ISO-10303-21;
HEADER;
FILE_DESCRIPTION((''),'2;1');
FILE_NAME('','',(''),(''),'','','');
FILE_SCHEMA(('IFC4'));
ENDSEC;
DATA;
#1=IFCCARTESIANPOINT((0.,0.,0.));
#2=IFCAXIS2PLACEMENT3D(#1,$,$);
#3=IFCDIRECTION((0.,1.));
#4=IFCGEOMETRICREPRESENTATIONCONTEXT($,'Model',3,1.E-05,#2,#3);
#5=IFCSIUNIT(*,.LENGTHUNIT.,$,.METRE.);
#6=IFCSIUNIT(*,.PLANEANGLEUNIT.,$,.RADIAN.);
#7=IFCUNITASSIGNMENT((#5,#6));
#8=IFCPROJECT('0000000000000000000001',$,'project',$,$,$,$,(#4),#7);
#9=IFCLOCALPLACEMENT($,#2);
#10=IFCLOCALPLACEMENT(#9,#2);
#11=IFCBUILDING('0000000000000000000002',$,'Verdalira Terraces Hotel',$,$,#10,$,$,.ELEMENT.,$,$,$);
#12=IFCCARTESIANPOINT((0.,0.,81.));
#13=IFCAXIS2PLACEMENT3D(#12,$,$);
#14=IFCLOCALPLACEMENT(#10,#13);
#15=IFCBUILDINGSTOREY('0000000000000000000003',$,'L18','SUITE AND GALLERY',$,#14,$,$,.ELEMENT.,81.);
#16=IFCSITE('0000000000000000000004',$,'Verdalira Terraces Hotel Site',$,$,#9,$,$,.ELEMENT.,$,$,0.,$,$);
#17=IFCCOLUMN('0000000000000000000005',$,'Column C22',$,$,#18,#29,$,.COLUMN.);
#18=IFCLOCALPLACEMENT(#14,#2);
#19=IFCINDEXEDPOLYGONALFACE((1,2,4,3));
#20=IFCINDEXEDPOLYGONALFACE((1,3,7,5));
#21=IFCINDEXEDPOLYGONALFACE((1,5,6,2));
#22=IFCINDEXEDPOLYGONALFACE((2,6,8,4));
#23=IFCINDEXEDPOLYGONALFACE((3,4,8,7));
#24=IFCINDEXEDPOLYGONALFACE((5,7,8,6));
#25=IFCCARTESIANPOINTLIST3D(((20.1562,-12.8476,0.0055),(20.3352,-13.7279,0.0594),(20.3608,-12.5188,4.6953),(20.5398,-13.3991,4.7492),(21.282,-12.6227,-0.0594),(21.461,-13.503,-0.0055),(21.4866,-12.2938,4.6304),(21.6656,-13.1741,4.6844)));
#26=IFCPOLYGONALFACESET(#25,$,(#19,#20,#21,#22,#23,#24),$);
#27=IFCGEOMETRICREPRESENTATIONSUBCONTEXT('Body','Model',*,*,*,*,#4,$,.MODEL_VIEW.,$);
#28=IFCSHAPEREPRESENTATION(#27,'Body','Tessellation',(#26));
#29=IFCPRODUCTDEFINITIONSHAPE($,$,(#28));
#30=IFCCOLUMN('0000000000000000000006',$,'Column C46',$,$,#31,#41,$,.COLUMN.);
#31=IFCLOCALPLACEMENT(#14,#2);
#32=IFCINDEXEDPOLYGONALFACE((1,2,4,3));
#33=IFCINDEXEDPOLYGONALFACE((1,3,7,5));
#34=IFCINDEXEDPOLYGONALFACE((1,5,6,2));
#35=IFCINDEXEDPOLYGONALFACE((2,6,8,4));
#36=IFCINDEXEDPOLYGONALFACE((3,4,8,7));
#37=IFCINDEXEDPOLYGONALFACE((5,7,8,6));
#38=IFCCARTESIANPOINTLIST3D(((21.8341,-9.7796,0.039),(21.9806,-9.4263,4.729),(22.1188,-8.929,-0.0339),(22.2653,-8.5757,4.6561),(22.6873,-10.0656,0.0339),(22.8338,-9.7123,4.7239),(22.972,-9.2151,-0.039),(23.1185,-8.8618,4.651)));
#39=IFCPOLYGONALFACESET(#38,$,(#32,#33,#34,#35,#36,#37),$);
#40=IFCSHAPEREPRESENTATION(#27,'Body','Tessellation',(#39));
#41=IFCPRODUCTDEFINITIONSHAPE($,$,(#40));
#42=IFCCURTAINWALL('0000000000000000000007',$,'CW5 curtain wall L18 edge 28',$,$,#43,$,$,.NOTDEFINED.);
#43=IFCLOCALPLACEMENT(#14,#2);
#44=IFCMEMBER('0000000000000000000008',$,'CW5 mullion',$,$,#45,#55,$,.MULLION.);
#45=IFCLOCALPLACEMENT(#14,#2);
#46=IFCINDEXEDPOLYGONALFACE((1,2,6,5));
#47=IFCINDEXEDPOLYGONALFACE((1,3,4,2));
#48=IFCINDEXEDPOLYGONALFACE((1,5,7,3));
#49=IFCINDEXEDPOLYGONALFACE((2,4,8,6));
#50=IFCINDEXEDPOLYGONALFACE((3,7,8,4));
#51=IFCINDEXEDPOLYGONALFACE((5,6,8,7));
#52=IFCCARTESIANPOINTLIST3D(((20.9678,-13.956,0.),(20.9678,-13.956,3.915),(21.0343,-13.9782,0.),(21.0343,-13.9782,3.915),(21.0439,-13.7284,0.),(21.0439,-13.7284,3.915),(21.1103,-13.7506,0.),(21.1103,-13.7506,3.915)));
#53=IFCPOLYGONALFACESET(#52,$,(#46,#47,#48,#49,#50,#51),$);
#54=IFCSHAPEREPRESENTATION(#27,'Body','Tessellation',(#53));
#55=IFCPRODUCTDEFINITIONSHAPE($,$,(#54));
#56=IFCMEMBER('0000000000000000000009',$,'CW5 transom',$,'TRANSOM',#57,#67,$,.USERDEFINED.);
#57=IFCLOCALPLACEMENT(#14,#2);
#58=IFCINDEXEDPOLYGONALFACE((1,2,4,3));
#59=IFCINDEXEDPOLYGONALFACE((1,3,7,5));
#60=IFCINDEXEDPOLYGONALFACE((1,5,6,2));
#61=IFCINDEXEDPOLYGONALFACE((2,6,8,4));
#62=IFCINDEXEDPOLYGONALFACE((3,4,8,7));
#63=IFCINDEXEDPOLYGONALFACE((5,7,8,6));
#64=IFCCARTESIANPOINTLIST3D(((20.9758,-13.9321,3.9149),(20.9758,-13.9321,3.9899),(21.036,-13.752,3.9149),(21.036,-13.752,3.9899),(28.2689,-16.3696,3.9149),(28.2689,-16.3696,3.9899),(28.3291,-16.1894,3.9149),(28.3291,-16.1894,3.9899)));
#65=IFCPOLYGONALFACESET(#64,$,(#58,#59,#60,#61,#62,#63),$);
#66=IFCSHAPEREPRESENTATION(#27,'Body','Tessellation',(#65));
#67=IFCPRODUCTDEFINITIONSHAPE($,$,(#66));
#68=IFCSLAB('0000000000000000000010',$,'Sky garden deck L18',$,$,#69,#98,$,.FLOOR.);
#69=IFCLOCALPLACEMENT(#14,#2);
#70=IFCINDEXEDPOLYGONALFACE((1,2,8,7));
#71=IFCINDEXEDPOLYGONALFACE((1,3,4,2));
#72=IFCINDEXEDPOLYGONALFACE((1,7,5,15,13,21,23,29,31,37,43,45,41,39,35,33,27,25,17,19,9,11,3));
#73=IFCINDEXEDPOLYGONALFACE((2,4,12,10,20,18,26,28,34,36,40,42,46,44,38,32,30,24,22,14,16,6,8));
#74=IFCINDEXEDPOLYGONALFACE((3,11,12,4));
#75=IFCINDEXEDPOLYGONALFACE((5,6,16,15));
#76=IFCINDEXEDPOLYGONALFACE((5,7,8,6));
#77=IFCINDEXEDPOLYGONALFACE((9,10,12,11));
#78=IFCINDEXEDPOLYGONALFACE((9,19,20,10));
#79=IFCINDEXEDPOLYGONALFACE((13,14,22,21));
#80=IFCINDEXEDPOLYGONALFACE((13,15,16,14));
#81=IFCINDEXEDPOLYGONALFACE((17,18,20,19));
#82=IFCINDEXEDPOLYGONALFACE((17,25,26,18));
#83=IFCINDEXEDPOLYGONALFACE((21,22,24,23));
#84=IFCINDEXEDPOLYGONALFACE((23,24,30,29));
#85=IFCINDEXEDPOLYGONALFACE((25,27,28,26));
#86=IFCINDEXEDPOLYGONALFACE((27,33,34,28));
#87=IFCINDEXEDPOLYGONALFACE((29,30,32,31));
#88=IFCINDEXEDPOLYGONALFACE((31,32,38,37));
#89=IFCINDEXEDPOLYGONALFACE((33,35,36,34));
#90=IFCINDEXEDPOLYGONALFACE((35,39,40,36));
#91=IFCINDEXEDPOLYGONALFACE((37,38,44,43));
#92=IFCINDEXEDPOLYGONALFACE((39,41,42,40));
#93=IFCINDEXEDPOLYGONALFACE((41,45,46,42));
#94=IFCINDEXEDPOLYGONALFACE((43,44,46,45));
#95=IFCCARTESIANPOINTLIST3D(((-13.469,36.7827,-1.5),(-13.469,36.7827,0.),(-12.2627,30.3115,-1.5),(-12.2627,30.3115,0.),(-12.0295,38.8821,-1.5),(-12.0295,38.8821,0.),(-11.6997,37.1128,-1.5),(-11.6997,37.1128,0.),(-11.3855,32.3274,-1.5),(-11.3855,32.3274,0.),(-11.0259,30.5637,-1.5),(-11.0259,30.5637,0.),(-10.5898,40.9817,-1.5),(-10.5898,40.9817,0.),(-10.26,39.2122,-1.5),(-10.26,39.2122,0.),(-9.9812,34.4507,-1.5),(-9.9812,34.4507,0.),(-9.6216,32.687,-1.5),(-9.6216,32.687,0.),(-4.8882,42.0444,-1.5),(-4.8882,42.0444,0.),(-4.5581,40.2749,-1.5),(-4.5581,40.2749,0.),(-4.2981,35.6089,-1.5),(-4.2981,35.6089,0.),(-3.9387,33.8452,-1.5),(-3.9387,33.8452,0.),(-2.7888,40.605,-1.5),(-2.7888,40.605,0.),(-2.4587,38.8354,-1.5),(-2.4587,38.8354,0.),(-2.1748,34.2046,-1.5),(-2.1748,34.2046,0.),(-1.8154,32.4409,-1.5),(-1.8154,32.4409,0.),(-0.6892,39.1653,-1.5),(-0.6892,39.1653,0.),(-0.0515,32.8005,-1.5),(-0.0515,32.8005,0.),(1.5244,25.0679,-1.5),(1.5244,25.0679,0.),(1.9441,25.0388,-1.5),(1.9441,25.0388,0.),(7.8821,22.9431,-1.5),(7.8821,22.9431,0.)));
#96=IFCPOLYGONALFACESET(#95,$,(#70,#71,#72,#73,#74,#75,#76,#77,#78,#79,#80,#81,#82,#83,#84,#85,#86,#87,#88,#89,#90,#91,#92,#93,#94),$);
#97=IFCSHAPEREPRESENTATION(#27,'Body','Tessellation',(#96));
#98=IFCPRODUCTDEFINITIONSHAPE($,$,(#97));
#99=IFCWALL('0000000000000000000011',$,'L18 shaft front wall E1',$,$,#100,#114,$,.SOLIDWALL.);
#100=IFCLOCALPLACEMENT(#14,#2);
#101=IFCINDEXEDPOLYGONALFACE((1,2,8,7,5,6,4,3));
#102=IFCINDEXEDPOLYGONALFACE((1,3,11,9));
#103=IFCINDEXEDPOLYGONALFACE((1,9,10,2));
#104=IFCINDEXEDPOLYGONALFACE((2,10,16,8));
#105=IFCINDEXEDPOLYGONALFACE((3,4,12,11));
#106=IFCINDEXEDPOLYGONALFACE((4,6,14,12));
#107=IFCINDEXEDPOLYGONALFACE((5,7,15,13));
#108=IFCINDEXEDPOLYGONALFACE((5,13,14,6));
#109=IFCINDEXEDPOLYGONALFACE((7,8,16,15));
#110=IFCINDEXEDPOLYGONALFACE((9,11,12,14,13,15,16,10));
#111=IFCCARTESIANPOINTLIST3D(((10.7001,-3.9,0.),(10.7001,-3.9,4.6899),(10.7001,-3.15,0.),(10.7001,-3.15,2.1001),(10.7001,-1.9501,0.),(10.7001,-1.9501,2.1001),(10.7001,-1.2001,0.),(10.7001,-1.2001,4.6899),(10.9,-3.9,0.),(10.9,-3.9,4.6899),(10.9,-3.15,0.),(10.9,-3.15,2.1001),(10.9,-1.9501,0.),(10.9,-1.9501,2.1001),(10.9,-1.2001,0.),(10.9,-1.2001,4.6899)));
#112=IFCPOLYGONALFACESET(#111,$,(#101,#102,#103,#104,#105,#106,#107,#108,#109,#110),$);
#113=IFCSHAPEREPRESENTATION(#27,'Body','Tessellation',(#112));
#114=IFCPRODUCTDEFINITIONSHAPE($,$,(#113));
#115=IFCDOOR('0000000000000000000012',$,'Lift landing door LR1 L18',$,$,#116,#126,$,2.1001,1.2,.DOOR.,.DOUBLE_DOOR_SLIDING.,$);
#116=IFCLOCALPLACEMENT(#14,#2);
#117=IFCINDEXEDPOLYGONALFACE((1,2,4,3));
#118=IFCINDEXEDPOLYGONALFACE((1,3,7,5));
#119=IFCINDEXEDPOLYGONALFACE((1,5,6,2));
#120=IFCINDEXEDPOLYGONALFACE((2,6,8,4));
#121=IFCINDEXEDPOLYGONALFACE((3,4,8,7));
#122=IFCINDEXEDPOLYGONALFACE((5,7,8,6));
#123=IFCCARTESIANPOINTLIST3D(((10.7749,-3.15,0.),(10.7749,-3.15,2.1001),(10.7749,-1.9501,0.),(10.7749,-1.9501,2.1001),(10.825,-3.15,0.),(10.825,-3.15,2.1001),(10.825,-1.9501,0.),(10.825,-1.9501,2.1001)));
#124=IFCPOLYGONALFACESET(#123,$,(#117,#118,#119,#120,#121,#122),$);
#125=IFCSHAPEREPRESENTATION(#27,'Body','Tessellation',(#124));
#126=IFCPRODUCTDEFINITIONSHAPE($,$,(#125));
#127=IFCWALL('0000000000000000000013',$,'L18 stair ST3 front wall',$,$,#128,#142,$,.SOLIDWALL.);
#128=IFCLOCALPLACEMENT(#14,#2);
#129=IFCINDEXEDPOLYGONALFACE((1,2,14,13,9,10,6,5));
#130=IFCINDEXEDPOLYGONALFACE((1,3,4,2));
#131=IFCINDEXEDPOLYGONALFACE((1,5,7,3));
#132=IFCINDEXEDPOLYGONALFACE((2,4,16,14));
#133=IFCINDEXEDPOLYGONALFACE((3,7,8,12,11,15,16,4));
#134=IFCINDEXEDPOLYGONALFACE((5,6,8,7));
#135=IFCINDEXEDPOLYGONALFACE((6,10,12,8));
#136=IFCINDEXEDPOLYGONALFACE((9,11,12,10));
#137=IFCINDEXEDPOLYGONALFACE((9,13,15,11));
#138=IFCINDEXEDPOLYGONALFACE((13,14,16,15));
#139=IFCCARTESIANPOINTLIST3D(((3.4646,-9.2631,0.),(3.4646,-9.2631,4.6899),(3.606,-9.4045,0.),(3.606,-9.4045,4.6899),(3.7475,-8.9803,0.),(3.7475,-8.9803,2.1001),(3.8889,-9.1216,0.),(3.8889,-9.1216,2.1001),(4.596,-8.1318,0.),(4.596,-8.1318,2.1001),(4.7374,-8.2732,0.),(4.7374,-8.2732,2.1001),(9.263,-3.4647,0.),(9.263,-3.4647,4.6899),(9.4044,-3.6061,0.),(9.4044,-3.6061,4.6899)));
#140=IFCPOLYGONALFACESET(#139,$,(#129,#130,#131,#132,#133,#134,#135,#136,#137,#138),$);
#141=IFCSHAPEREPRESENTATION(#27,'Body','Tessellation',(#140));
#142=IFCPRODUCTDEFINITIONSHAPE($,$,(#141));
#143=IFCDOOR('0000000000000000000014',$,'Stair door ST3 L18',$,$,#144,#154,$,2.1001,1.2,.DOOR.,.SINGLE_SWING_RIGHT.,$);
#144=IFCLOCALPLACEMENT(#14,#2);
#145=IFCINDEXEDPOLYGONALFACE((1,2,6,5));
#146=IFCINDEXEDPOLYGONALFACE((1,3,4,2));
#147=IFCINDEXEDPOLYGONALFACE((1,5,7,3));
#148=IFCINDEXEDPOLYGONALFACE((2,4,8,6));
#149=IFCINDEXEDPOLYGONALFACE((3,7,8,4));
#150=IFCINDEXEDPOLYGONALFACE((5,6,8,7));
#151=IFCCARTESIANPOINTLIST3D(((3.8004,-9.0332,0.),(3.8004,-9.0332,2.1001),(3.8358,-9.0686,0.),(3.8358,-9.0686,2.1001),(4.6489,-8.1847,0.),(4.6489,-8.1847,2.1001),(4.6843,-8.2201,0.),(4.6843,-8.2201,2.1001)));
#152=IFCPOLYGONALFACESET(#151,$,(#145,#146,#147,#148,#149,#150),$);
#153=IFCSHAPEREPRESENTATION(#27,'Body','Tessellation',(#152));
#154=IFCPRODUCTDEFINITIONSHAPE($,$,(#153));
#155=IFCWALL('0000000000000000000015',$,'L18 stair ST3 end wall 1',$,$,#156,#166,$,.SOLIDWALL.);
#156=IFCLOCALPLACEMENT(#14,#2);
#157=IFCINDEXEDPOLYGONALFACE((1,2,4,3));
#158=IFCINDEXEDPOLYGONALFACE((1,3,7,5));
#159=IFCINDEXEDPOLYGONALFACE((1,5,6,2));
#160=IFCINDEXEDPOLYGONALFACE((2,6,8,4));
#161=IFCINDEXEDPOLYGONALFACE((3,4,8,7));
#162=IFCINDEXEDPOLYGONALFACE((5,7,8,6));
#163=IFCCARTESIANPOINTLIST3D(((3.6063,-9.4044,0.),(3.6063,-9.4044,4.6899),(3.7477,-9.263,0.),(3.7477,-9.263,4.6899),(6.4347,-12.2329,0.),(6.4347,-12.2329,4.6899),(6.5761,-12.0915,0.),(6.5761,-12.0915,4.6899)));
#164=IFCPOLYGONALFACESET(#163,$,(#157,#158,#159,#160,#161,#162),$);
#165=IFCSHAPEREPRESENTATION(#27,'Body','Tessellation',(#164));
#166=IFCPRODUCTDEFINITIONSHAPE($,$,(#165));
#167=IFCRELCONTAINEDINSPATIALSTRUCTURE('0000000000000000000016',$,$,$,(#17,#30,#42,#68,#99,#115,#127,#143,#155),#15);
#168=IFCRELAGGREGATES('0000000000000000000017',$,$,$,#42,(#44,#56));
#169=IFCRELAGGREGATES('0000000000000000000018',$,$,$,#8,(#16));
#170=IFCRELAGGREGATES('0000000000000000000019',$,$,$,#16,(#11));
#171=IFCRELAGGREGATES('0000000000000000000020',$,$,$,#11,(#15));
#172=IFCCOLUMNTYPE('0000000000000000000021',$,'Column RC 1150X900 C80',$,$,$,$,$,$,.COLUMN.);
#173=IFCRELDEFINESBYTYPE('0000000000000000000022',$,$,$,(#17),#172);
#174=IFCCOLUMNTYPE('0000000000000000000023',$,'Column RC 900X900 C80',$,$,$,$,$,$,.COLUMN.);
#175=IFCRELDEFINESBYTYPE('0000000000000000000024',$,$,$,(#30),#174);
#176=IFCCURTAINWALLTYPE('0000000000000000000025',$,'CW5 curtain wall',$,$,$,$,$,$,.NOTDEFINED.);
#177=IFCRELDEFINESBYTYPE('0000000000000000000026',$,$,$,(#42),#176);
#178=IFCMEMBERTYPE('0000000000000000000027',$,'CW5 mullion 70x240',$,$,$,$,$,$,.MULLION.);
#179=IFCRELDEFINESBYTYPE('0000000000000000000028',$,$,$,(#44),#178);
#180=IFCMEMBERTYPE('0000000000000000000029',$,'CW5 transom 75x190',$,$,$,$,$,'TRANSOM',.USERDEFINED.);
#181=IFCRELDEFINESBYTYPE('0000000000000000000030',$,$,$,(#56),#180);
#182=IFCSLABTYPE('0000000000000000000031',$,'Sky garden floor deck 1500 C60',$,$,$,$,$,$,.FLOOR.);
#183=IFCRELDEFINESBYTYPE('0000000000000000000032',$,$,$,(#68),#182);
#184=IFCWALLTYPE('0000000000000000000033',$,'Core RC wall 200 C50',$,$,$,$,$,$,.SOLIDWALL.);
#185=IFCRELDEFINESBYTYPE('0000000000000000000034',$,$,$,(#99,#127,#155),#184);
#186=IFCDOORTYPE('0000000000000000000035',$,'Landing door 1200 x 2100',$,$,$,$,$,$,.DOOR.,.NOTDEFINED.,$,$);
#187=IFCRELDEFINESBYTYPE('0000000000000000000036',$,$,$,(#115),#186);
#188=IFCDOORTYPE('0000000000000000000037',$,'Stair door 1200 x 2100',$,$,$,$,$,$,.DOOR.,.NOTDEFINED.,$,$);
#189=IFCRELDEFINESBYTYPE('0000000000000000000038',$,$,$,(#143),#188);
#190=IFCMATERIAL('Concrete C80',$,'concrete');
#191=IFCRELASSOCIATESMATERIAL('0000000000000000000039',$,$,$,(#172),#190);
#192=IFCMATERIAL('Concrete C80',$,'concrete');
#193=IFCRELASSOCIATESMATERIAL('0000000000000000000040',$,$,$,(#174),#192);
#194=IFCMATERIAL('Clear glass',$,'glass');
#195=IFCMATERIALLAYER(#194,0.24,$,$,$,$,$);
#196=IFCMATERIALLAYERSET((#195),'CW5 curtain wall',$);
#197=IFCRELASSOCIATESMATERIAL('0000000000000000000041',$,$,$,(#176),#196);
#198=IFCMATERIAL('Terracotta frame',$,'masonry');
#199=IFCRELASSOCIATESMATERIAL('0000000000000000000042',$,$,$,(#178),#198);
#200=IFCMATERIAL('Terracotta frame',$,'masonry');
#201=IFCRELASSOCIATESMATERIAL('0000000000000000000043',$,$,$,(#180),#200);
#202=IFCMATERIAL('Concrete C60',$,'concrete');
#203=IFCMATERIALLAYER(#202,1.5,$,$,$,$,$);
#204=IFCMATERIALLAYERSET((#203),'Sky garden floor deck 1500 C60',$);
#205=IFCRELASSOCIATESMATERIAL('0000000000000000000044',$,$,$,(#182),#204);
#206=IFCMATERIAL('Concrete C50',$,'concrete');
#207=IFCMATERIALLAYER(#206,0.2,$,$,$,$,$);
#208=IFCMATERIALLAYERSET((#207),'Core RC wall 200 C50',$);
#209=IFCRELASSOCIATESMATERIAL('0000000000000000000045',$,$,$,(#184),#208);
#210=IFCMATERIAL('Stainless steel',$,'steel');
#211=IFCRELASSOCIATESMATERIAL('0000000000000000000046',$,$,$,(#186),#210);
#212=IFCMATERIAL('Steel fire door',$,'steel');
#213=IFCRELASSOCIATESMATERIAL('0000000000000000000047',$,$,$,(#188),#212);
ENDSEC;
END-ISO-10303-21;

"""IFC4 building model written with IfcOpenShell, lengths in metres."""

from ifc_helpers import new_model, si_unit, direction, frame, frame_2d, origin, origin_2d, place, context, subcontext, project, spatial, polyline, rectangle, outline, extrude, material, layer, layer_set, material_profile, profile_set, type_object, element, fill, aggregate, save


model = new_model("IFC4")

# Units and contexts
model_context = context("Model", 3, precision=1e-05, world=origin(), true_north=direction((0.0, 1.0)))
body_context = subcontext(model_context, "Body", "Model", "MODEL_VIEW")
ifc_project = project(units=[si_unit("LENGTHUNIT", "METRE"), si_unit("PLANEANGLEUNIT", "RADIAN")], contexts=[model_context])

# Site, building, storey
site_placement = place(None, origin())
site = spatial("IfcSite", under=ifc_project, at=site_placement, Name="Verdalira Terraces Hotel Site", CompositionType="ELEMENT", RefElevation=0.0)
building_placement = place(site_placement, origin())
building = spatial("IfcBuilding", under=site, at=building_placement, Name="Verdalira Terraces Hotel", CompositionType="ELEMENT")
storey_placement = place(building_placement, frame((0.0, 0.0, 81.0)))
storey = spatial("IfcBuildingStorey", under=building, at=storey_placement, Name="L18", Description="SUITE AND GALLERY", CompositionType="ELEMENT", Elevation=81.0)

# Columns
ifc_material_1 = material(Name="Concrete C80", Category="concrete")
ifc_material_profile_1 = material_profile(ifc_material_1, rectangle(XDim=1.1499, YDim=0.8999, at=origin_2d()), Name="RC 1150X900")
ifc_profile_set_1 = profile_set([ifc_material_profile_1], Name="Concrete C80")
column_type_1 = type_object("IfcColumnType", Name="Column RC 1150X900 C80", PredefinedType="COLUMN", material=ifc_profile_set_1)
column_1_placement = place(storey_placement, frame((20.8086, -13.1753, 0.0), z_axis=(0.043475, 0.069882, 0.996607), x_axis=(-0.979055, -0.195622, 0.056426)))
element("IfcColumn", 1, at=column_1_placement, inside=storey, type_object=column_type_1, Name="Column C22", PredefinedType="COLUMN", context=body_context, shape_type="SweptSolid", body=[
    extrude(rectangle(XDim=1.1499, YDim=0.8999, at=origin_2d()), origin(), (0.0, 0.0, 1.0), 4.7058),
])
ifc_material_2 = material(Name="Concrete C80", Category="concrete")
ifc_material_profile_2 = material_profile(ifc_material_2, rectangle(XDim=0.8999, YDim=0.8999, at=origin_2d()), Name="RC 900X900")
ifc_profile_set_2 = profile_set([ifc_material_profile_2], Name="Concrete C80")
column_type_2 = type_object("IfcColumnType", Name="Column RC 900X900 C80", PredefinedType="COLUMN", material=ifc_profile_set_2)
column_2_placement = place(storey_placement, frame((22.4031, -9.4973, 0.0), z_axis=(0.03113, 0.075076, 0.996692), x_axis=(0.948118, -0.317867, -0.00567)))
element("IfcColumn", 2, at=column_2_placement, inside=storey, type_object=column_type_2, Name="Column C46", PredefinedType="COLUMN", context=body_context, shape_type="SweptSolid", body=[
    extrude(rectangle(XDim=0.8999, YDim=0.8999, at=origin_2d()), origin(), (0.0, 0.0, 1.0), 4.7056),
])

# Curtain wall, members
ifc_material_3 = material(Name="Clear glass", Category="glass")
ifc_layer_1 = layer(ifc_material_3, 0.24)
ifc_layer_set_1 = layer_set([ifc_layer_1], Name="CW5 curtain wall")
curtain_wall_type = type_object("IfcCurtainWallType", Name="CW5 curtain wall", PredefinedType="NOTDEFINED", material=ifc_layer_set_1)
curtain_wall_placement = place(storey_placement, origin())
curtain_wall = element("IfcCurtainWall", 3, at=curtain_wall_placement, inside=storey, type_object=curtain_wall_type, Name="CW5 curtain wall L18 edge 28", PredefinedType="NOTDEFINED")
ifc_material_4 = material(Name="Terracotta frame", Category="masonry")
ifc_material_profile_3 = material_profile(ifc_material_4, rectangle(XDim=0.0701, YDim=0.24, at=origin_2d()), Name="MU 70x240")
ifc_profile_set_3 = profile_set([ifc_material_profile_3], Name="Terracotta frame")
member_type_1 = type_object("IfcMemberType", Name="CW5 mullion 70x240", PredefinedType="MULLION", material=ifc_profile_set_3)
member_1_placement = place(storey_placement, frame((21.0391, -13.8533, 0.0), z_axis=(0.0, 0.0, 1.0), x_axis=(0.948434, -0.316974, 0.0)))
member_1 = element("IfcMember", 4, at=member_1_placement, type_object=member_type_1, Name="CW5 mullion", PredefinedType="MULLION", context=body_context, shape_type="SweptSolid", body=[
    extrude(rectangle(XDim=0.0701, YDim=0.24, at=origin_2d()), origin(), (0.0, 0.0, 1.0), 3.915),
])
ifc_material_5 = material(Name="Terracotta frame", Category="masonry")
ifc_material_profile_4 = material_profile(ifc_material_5, rectangle(XDim=0.1899, YDim=0.075, at=origin_2d()), Name="TR 75x190")
ifc_profile_set_4 = profile_set([ifc_material_profile_4], Name="Terracotta frame")
member_type_2 = type_object("IfcMemberType", Name="CW5 transom 75x190", ElementType="TRANSOM", PredefinedType="USERDEFINED", material=ifc_profile_set_4)
member_2_placement = place(storey_placement, frame((21.0059, -13.842, 3.9524), z_axis=(0.948432, -0.31698, 0.0), x_axis=(0.31698, 0.948432, 0.0)))
member_2 = element("IfcMember", 5, at=member_2_placement, type_object=member_type_2, Name="CW5 transom", ObjectType="TRANSOM", PredefinedType="USERDEFINED", context=body_context, shape_type="SweptSolid", body=[
    extrude(rectangle(XDim=0.1899, YDim=0.075, at=origin_2d()), origin(), (0.0, 0.0, 1.0), 7.6897),
])
aggregate(curtain_wall, [member_1, member_2])

# Slab
ifc_material_6 = material(Name="Concrete C60", Category="concrete")
ifc_layer_2 = layer(ifc_material_6, 1.5)
ifc_layer_set_2 = layer_set([ifc_layer_2], Name="Sky garden floor deck 1500 C60")
slab_type = type_object("IfcSlabType", Name="Sky garden floor deck 1500 C60", PredefinedType="FLOOR", material=ifc_layer_set_2)
slab_placement = place(storey_placement, frame((0.0, 0.0, -1.5)))
element("IfcSlab", 6, at=slab_placement, inside=storey, type_object=slab_type, Name="Sky garden deck L18", PredefinedType="FLOOR", context=body_context, shape_type="SweptSolid", body=[
    extrude(outline(polyline([(-13.469, 36.7827), (-12.2627, 30.3115), (-11.0259, 30.5637), (-11.3855, 32.3274), (-9.6216, 32.687), (-9.9812, 34.4507), (-4.2981, 35.6089), (-3.9387, 33.8452), (-2.1748, 34.2046), (-1.8154, 32.4409), (-0.0515, 32.8005), (1.5244, 25.0679), (7.8821, 22.9431), (1.9441, 25.0388), (-0.6892, 39.1653), (-2.4587, 38.8354), (-2.7888, 40.605), (-4.5581, 40.2749), (-4.8882, 42.0444), (-10.5898, 40.9817), (-10.26, 39.2122), (-12.0295, 38.8821), (-11.6997, 37.1128), (-13.469, 36.7827)])), origin(), (0.0, 0.0, 1.0), 1.5),
])

# Walls, openings, doors
ifc_material_7 = material(Name="Concrete C50", Category="concrete")
ifc_layer_3 = layer(ifc_material_7, 0.2)
ifc_layer_set_3 = layer_set([ifc_layer_3], Name="Core RC wall 200 C50")
wall_type_1 = type_object("IfcWallType", Name="Core RC wall 200 C50", PredefinedType="SOLIDWALL", material=ifc_layer_set_3)
wall_1_placement = place(storey_placement, frame((10.8, -1.2, 0.0), z_axis=(0.0, 0.0, 1.0), x_axis=(0.0, -1.0, 0.0)))
wall_1 = element("IfcWall", 7, at=wall_1_placement, inside=storey, type_object=wall_type_1, Name="L18 shaft front wall E1", PredefinedType="SOLIDWALL", context=body_context, shape_type="SweptSolid", body=[
    extrude(rectangle(XDim=2.7, YDim=0.2, at=frame_2d((1.3501, 0.0))), origin(), (0.0, 0.0, 1.0), 4.6899),
])
opening_1_placement = place(wall_1_placement, frame((0.75, 0.0, 0.0)))
opening_1 = element("IfcOpeningElement", 8, at=opening_1_placement, cuts=wall_1, PredefinedType="OPENING", context=body_context, shape_type="SweptSolid", body=[
    extrude(rectangle(XDim=1.2, YDim=2.1001, at=frame_2d((0.6001, 1.05))), frame((0.0, 0.1099, 0.0), z_axis=(0.0, -1.0, 0.0), x_axis=(1.0, 0.0, 0.0)), (0.0, 0.0, 1.0), 0.22),
])
ifc_material_8 = material(Name="Stainless steel", Category="steel")
door_type_1 = type_object("IfcDoorType", Name="Landing door 1200 x 2100", OperationType="NOTDEFINED", PredefinedType="DOOR", material=ifc_material_8)
door_1_placement = place(opening_1_placement, origin())
door_1 = element("IfcDoor", 9, at=door_1_placement, inside=storey, type_object=door_type_1, Name="Lift landing door LR1 L18", OperationType="DOUBLE_DOOR_SLIDING", OverallHeight=2.1001, OverallWidth=1.2, PredefinedType="DOOR", context=body_context, shape_type="SweptSolid", body=[
    extrude(rectangle(XDim=1.2, YDim=2.1001, at=frame_2d((0.6001, 1.05))), frame((0.0, 0.0249, 0.0), z_axis=(0.0, -1.0, 0.0), x_axis=(1.0, 0.0, 0.0)), (0.0, 0.0, 1.0), 0.05),
])
fill(opening_1, door_1)
wall_2_placement = place(storey_placement, frame((9.3337, -3.5354, 0.0), z_axis=(0.0, 0.0, 1.0), x_axis=(-0.707107, -0.707107, 0.0)))
wall_2 = element("IfcWall", 10, at=wall_2_placement, inside=storey, type_object=wall_type_1, Name="L18 stair ST3 front wall", PredefinedType="SOLIDWALL", context=body_context, shape_type="SweptSolid", body=[
    extrude(rectangle(XDim=8.2002, YDim=0.2, at=frame_2d((4.1001, 0.0))), origin(), (0.0, 0.0, 1.0), 4.6899),
])
opening_2_placement = place(wall_2_placement, frame((6.6001, 0.0, 0.0)))
opening_2 = element("IfcOpeningElement", 11, at=opening_2_placement, cuts=wall_2, PredefinedType="OPENING", context=body_context, shape_type="SweptSolid", body=[
    extrude(rectangle(XDim=1.2, YDim=2.1001, at=frame_2d((0.6001, 1.05))), frame((0.0, 0.1099, 0.0), z_axis=(0.0, -1.0, 0.0), x_axis=(1.0, 0.0, 0.0)), (0.0, 0.0, 1.0), 0.22),
])
ifc_material_9 = material(Name="Steel fire door", Category="steel")
door_type_2 = type_object("IfcDoorType", Name="Stair door 1200 x 2100", OperationType="NOTDEFINED", PredefinedType="DOOR", material=ifc_material_9)
door_2_placement = place(opening_2_placement, origin())
door_2 = element("IfcDoor", 12, at=door_2_placement, inside=storey, type_object=door_type_2, Name="Stair door ST3 L18", OperationType="SINGLE_SWING_RIGHT", OverallHeight=2.1001, OverallWidth=1.2, PredefinedType="DOOR", context=body_context, shape_type="SweptSolid", body=[
    extrude(rectangle(XDim=1.2, YDim=2.1001, at=frame_2d((0.6001, 1.05))), frame((0.0, 0.0249, 0.0), z_axis=(0.0, -1.0, 0.0), x_axis=(1.0, 0.0, 0.0)), (0.0, 0.0, 1.0), 0.05),
])
fill(opening_2, door_2)

# Wall
for number, where, z_axis, x_axis, name in (
    (13, (3.677, -9.3337, 0.0), (0.0, 0.0, 1.0), (0.707107, -0.707107, 0.0), "L18 stair ST3 end wall 1"),
):
    element("IfcWall", number, at=place(storey_placement, frame(where, z_axis=z_axis, x_axis=x_axis)), inside=storey, type_object=wall_type_1, Name=name, PredefinedType="SOLIDWALL", context=body_context, shape_type="SweptSolid", body=[
        extrude(rectangle(XDim=4.0, YDim=0.2, at=frame_2d((2.0, 0.0))), origin(), (0.0, 0.0, 1.0), 4.6899),
    ])

save(model, "model.ifc")
